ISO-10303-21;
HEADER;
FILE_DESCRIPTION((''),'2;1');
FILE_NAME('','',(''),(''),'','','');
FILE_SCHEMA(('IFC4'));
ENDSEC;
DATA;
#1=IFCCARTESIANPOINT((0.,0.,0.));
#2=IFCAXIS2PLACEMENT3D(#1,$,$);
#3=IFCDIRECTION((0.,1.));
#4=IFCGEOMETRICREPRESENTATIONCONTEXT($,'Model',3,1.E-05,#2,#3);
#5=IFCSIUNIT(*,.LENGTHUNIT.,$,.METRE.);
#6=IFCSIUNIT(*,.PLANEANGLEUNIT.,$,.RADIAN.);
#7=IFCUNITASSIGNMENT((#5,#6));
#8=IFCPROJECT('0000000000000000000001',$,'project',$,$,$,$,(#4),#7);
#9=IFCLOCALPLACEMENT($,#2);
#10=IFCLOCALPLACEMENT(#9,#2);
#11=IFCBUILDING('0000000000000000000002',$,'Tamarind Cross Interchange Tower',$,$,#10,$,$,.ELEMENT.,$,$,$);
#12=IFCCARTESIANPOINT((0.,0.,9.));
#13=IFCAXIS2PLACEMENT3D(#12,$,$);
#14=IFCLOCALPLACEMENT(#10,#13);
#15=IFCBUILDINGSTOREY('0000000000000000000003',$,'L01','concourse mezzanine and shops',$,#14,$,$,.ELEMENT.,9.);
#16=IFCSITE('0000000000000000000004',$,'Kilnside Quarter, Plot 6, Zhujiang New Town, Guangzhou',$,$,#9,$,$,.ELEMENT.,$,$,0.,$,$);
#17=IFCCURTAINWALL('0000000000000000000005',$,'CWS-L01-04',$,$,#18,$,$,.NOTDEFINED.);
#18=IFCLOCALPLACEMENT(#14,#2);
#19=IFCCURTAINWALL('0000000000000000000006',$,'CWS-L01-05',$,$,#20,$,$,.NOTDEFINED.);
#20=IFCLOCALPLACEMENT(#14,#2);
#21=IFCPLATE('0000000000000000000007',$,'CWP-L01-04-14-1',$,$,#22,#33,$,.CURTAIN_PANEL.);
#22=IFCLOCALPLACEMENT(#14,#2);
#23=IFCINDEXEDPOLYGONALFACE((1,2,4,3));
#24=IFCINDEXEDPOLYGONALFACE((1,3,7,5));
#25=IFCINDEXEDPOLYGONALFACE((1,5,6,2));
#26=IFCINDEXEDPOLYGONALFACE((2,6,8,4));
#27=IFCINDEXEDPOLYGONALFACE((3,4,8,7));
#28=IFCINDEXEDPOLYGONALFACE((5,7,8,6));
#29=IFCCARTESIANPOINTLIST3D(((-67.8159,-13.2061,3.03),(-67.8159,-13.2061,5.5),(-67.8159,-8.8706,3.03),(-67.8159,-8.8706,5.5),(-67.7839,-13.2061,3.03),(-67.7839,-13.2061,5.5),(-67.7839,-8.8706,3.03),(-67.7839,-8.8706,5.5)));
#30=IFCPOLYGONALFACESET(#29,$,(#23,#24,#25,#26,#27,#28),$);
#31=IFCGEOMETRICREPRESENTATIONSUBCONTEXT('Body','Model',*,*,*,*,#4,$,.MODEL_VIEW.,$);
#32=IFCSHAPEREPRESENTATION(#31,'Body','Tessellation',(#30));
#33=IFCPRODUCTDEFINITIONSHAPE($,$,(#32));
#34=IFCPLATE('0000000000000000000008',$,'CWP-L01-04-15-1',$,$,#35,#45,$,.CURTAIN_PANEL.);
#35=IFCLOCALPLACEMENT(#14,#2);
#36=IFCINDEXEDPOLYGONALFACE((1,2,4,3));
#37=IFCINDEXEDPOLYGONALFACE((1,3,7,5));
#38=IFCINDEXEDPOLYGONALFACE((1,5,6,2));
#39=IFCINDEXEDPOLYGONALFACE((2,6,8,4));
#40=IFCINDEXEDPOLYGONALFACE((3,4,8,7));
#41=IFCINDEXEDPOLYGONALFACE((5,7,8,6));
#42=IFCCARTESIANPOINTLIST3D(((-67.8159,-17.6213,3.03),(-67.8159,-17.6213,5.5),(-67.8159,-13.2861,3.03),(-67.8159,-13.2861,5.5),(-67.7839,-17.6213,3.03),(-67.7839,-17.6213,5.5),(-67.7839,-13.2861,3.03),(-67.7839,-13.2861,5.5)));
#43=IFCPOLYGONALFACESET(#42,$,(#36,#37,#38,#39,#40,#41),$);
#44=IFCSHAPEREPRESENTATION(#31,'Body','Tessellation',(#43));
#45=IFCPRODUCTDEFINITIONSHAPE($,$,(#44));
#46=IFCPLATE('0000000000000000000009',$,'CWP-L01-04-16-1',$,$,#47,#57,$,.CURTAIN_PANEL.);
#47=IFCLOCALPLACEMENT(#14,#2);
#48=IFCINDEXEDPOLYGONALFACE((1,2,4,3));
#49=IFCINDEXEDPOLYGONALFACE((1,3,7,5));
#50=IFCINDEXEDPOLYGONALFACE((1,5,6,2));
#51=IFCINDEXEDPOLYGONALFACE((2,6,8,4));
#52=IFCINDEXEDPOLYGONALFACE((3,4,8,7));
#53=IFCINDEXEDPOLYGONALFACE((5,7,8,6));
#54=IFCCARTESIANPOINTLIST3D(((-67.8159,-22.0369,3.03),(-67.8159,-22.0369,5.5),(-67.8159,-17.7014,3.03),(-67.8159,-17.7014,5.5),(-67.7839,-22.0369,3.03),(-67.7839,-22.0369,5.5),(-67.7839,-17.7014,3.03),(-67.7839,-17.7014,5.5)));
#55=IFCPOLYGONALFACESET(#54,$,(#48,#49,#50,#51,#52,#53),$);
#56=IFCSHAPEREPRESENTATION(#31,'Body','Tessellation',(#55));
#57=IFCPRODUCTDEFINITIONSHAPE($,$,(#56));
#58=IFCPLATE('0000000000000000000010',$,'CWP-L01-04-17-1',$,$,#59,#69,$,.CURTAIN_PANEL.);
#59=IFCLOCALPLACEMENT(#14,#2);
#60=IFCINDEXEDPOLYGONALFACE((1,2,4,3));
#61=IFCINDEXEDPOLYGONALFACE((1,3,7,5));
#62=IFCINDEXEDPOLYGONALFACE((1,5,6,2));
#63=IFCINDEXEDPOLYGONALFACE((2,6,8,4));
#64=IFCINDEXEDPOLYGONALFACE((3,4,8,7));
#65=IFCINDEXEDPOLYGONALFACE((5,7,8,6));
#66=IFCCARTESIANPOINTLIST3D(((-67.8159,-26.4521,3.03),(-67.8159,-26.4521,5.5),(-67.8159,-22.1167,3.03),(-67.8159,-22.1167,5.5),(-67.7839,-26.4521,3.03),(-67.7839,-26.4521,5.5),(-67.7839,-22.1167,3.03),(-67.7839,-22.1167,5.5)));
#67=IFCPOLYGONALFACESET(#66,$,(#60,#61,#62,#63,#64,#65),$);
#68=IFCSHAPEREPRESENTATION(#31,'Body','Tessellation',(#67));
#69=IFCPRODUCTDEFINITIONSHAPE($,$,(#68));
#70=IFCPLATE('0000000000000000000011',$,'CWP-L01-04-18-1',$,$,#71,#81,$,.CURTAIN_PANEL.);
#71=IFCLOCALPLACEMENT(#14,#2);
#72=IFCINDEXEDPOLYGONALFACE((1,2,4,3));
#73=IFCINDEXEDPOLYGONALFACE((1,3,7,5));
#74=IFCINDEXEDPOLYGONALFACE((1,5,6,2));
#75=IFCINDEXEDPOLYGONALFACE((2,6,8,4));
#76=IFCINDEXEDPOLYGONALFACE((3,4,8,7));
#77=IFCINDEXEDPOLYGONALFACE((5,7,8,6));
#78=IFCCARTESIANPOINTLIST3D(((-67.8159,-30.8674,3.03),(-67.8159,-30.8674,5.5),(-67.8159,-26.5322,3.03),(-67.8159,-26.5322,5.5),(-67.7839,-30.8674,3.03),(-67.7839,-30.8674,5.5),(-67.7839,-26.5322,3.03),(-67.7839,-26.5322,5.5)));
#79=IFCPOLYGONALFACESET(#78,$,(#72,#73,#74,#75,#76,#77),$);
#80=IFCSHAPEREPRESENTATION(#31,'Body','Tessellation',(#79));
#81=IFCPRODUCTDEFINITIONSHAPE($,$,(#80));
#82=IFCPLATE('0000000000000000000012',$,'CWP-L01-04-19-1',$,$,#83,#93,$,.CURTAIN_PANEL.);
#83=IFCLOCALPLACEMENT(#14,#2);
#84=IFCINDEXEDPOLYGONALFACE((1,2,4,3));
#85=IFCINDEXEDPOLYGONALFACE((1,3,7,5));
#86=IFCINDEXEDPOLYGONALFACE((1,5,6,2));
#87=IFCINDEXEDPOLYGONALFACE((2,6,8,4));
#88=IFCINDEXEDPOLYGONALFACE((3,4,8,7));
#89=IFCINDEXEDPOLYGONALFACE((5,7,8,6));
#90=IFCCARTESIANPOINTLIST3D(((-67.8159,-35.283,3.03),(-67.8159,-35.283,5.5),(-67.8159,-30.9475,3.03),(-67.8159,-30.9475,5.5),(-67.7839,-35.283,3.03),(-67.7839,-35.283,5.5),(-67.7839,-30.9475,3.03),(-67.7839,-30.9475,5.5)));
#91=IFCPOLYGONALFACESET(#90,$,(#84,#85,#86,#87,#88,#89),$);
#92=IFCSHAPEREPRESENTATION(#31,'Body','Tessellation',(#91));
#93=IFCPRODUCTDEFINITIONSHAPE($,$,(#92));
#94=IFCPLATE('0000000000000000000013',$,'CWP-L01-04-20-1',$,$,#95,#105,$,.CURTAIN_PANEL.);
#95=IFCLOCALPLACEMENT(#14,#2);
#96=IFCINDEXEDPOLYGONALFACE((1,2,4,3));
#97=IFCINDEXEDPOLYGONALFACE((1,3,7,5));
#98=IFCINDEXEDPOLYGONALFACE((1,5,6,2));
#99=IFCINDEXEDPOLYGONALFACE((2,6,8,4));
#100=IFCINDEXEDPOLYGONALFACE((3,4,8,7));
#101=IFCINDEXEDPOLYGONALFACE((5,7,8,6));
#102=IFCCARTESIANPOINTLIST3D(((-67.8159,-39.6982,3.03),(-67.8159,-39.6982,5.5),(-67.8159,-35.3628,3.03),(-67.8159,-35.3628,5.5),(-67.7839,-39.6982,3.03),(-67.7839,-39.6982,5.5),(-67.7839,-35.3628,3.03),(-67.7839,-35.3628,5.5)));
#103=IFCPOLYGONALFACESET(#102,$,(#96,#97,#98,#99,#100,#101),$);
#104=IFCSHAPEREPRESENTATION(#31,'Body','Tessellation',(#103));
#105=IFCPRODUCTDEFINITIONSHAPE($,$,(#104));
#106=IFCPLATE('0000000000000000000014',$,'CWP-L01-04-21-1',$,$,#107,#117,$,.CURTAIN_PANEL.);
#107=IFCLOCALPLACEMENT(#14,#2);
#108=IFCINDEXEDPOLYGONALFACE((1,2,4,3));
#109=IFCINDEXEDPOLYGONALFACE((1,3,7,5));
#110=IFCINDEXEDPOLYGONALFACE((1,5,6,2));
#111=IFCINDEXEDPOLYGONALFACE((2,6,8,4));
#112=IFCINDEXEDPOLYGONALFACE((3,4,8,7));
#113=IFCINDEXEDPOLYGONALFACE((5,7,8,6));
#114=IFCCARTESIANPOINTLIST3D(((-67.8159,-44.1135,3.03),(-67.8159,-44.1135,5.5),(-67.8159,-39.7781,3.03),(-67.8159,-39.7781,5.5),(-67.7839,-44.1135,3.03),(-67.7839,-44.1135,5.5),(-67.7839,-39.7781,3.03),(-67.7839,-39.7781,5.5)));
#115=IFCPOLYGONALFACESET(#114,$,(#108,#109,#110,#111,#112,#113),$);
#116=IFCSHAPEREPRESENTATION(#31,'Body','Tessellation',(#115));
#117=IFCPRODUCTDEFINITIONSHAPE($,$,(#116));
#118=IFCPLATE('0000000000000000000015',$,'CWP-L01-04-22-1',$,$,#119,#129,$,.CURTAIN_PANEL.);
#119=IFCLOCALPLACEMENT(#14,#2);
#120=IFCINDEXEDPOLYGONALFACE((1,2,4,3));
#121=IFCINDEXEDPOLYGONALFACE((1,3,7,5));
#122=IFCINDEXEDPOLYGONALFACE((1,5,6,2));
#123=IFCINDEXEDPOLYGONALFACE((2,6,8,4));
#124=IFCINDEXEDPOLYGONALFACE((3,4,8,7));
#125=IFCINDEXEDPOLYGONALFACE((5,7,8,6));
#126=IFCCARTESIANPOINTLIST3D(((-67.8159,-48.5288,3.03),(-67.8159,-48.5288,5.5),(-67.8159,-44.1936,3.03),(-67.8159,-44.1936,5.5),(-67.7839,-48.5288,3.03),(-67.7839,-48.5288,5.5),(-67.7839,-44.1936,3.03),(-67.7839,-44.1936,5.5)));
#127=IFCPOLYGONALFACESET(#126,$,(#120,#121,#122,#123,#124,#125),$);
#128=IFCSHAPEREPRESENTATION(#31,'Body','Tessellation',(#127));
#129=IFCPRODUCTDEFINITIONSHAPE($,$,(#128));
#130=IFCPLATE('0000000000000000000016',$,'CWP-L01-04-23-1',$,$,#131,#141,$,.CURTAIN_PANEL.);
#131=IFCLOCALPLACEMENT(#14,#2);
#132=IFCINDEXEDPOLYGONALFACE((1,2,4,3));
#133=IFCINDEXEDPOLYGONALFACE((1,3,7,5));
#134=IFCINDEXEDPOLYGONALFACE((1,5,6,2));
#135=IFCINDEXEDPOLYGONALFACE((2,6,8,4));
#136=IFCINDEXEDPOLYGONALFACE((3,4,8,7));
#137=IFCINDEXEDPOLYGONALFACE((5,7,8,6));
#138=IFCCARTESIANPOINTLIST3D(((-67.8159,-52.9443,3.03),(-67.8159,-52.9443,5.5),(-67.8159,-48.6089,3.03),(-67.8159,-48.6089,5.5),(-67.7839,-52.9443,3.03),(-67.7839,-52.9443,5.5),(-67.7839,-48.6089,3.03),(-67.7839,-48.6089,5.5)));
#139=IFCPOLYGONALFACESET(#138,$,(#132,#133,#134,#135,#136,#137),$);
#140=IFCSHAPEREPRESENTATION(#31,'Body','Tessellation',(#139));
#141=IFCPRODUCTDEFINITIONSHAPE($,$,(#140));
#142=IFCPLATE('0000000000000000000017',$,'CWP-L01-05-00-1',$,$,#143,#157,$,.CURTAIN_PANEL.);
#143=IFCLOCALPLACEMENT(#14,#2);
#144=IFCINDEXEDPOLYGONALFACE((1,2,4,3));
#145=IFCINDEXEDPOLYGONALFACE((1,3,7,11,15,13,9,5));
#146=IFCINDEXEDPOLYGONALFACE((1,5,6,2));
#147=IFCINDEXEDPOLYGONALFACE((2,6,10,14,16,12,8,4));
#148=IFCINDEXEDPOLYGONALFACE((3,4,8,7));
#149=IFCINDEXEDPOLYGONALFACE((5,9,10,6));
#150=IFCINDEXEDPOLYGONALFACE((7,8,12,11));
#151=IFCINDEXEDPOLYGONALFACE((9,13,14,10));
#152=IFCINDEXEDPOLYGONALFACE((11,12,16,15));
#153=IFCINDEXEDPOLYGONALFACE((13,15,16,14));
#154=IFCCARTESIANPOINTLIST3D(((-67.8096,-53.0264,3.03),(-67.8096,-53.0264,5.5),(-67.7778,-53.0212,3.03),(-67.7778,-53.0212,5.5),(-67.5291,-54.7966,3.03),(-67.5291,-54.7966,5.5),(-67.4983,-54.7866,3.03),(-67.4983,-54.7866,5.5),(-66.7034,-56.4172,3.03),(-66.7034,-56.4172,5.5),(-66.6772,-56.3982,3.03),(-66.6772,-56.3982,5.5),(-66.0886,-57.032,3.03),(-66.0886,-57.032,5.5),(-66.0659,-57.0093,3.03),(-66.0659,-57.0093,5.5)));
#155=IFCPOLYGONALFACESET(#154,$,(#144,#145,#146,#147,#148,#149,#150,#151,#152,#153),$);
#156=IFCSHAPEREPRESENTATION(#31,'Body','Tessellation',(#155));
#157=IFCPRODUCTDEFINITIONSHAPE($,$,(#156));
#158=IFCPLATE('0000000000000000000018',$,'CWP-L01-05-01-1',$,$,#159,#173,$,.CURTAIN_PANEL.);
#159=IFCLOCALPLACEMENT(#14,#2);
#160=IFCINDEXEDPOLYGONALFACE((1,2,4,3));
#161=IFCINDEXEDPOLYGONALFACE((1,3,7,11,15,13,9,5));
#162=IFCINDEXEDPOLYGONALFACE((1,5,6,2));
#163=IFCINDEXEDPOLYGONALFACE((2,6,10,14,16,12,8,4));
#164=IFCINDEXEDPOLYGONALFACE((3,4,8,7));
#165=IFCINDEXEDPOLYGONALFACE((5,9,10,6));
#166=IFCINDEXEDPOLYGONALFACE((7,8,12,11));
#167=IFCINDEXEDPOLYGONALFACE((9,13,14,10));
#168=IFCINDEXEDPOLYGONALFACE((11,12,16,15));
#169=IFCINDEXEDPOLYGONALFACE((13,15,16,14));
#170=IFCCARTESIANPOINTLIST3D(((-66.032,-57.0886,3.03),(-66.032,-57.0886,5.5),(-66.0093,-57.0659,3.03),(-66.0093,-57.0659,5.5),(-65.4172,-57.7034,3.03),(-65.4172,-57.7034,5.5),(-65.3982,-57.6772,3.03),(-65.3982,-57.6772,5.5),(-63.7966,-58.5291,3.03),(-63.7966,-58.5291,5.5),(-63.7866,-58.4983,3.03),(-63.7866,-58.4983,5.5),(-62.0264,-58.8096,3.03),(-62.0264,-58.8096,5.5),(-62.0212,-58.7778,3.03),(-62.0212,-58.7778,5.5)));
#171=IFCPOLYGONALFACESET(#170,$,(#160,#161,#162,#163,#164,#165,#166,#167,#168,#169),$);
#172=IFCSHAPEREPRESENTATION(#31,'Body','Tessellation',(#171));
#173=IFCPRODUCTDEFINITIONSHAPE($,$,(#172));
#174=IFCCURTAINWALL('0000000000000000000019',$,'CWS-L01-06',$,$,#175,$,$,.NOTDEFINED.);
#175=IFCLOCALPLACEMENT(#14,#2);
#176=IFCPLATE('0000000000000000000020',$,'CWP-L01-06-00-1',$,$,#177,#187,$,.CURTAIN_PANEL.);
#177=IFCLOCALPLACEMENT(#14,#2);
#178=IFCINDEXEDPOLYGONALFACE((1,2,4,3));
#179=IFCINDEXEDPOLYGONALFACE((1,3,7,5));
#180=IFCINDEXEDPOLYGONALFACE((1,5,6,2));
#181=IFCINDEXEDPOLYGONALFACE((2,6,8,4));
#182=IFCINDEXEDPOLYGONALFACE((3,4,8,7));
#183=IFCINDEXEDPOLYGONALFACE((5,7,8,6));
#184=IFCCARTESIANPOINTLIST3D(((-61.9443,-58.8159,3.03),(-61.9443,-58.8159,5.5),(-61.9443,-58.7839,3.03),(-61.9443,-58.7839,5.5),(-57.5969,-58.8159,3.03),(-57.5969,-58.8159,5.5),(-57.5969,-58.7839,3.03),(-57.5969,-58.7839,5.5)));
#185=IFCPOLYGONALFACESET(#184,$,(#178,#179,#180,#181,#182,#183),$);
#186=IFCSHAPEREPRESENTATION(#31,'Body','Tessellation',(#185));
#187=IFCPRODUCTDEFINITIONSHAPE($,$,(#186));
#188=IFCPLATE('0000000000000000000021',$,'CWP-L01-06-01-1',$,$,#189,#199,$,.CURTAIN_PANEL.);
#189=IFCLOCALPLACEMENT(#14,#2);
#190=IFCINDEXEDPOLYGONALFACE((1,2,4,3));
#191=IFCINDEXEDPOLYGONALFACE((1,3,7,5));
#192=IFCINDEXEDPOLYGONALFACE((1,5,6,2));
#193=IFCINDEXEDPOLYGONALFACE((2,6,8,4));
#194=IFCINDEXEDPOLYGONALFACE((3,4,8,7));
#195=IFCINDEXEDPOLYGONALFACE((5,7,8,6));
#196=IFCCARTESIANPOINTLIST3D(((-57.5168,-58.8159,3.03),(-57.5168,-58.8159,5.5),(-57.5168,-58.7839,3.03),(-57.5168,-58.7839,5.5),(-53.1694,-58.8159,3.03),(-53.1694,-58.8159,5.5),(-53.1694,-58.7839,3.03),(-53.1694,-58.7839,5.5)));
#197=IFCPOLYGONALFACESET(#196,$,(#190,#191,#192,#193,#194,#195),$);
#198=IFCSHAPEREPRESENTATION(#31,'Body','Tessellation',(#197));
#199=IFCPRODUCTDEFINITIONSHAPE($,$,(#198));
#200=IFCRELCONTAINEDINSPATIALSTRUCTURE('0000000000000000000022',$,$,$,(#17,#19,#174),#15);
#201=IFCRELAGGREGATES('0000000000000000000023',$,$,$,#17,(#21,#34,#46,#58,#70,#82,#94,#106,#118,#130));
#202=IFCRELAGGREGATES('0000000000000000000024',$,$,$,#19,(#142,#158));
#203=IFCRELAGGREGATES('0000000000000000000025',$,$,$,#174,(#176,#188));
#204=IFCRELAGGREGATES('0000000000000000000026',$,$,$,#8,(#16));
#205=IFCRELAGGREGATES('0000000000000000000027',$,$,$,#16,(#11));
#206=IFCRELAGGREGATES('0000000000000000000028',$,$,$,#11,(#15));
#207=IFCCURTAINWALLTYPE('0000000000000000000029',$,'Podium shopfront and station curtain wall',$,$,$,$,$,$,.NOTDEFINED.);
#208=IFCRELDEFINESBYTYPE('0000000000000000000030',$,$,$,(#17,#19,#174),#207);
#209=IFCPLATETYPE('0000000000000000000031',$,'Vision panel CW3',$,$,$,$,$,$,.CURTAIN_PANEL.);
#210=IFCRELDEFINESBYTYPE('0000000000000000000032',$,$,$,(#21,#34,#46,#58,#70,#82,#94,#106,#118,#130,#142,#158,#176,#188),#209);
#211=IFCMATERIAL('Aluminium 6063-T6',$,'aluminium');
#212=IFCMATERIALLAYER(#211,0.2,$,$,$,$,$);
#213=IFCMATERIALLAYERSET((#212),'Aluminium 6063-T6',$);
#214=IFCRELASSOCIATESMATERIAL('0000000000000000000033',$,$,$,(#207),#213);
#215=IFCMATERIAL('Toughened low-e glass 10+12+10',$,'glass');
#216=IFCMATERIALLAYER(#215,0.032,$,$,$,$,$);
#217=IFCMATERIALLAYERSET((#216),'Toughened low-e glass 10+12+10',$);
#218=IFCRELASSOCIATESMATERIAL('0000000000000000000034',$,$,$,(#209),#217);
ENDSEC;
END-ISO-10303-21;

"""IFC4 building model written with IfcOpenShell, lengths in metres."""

from ifc_helpers import new_model, si_unit, direction, frame, origin, place, context, subcontext, project, spatial, polyline, outline, extrude, material, layer, layer_set, type_object, element, aggregate, save


model = new_model("IFC4")

# Units and contexts
model_context = context("Model", 3, precision=1e-05, world=origin(), true_north=direction((0.0, 1.0)))
body_context = subcontext(model_context, "Body", "Model", "MODEL_VIEW")
ifc_project = project(units=[si_unit("LENGTHUNIT", "METRE"), si_unit("PLANEANGLEUNIT", "RADIAN")], contexts=[model_context])

# Site, building, storey
site_placement = place(None, origin())
site = spatial("IfcSite", under=ifc_project, at=site_placement, Name="Kilnside Quarter, Plot 6, Zhujiang New Town, Guangzhou", CompositionType="ELEMENT", RefElevation=0.0)
building_placement = place(site_placement, origin())
building = spatial("IfcBuilding", under=site, at=building_placement, Name="Tamarind Cross Interchange Tower", CompositionType="ELEMENT")
storey_placement = place(building_placement, frame((0.0, 0.0, 9.0)))
storey = spatial("IfcBuildingStorey", under=building, at=storey_placement, Name="L01", Description="concourse mezzanine and shops", CompositionType="ELEMENT", Elevation=9.0)

# Curtain walls
ifc_material_1 = material(Name="Aluminium 6063-T6", Category="aluminium")
ifc_layer_1 = layer(ifc_material_1, 0.2)
ifc_layer_set_1 = layer_set([ifc_layer_1], Name="Aluminium 6063-T6")
curtain_wall_type = type_object("IfcCurtainWallType", Name="Podium shopfront and station curtain wall", PredefinedType="NOTDEFINED", material=ifc_layer_set_1)
curtain_wall_1_placement = place(storey_placement, origin())
curtain_wall_1 = element("IfcCurtainWall", 1, at=curtain_wall_1_placement, inside=storey, type_object=curtain_wall_type, Name="CWS-L01-04", PredefinedType="NOTDEFINED")
curtain_wall_2_placement = place(storey_placement, origin())
curtain_wall_2 = element("IfcCurtainWall", 2, at=curtain_wall_2_placement, inside=storey, type_object=curtain_wall_type, Name="CWS-L01-05", PredefinedType="NOTDEFINED")

# Plates
ifc_material_2 = material(Name="Toughened low-e glass 10+12+10", Category="glass")
ifc_layer_2 = layer(ifc_material_2, 0.032)
ifc_layer_set_2 = layer_set([ifc_layer_2], Name="Toughened low-e glass 10+12+10")
plate_type = type_object("IfcPlateType", Name="Vision panel CW3", PredefinedType="CURTAIN_PANEL", material=ifc_layer_set_2)
plate_1_placement = place(storey_placement, frame((0.0, 0.0, 3.03)))
plate_1 = element("IfcPlate", 3, at=plate_1_placement, type_object=plate_type, Name="CWP-L01-04-14-1", PredefinedType="CURTAIN_PANEL", context=body_context, shape_type="SweptSolid", body=[
    extrude(outline(polyline([(-67.7839, -8.8706), (-67.7839, -13.2061), (-67.8159, -13.2061), (-67.8159, -8.8706), (-67.7839, -8.8706)])), origin(), (0.0, 0.0, 1.0), 2.47),
])
plate_2_placement = place(storey_placement, frame((0.0, 0.0, 3.03)))
plate_2 = element("IfcPlate", 4, at=plate_2_placement, type_object=plate_type, Name="CWP-L01-04-15-1", PredefinedType="CURTAIN_PANEL", context=body_context, shape_type="SweptSolid", body=[
    extrude(outline(polyline([(-67.7839, -13.2861), (-67.7839, -17.6213), (-67.8159, -17.6213), (-67.8159, -13.2861), (-67.7839, -13.2861)])), origin(), (0.0, 0.0, 1.0), 2.47),
])
plate_3_placement = place(storey_placement, frame((0.0, 0.0, 3.03)))
plate_3 = element("IfcPlate", 5, at=plate_3_placement, type_object=plate_type, Name="CWP-L01-04-16-1", PredefinedType="CURTAIN_PANEL", context=body_context, shape_type="SweptSolid", body=[
    extrude(outline(polyline([(-67.7839, -17.7014), (-67.7839, -22.0369), (-67.8159, -22.0369), (-67.8159, -17.7014), (-67.7839, -17.7014)])), origin(), (0.0, 0.0, 1.0), 2.47),
])
plate_4_placement = place(storey_placement, frame((0.0, 0.0, 3.03)))
plate_4 = element("IfcPlate", 6, at=plate_4_placement, type_object=plate_type, Name="CWP-L01-04-17-1", PredefinedType="CURTAIN_PANEL", context=body_context, shape_type="SweptSolid", body=[
    extrude(outline(polyline([(-67.7839, -22.1167), (-67.7839, -26.4521), (-67.8159, -26.4521), (-67.8159, -22.1167), (-67.7839, -22.1167)])), origin(), (0.0, 0.0, 1.0), 2.47),
])
plate_5_placement = place(storey_placement, frame((0.0, 0.0, 3.03)))
plate_5 = element("IfcPlate", 7, at=plate_5_placement, type_object=plate_type, Name="CWP-L01-04-18-1", PredefinedType="CURTAIN_PANEL", context=body_context, shape_type="SweptSolid", body=[
    extrude(outline(polyline([(-67.7839, -26.5322), (-67.7839, -30.8674), (-67.8159, -30.8674), (-67.8159, -26.5322), (-67.7839, -26.5322)])), origin(), (0.0, 0.0, 1.0), 2.47),
])
plate_6_placement = place(storey_placement, frame((0.0, 0.0, 3.03)))
plate_6 = element("IfcPlate", 8, at=plate_6_placement, type_object=plate_type, Name="CWP-L01-04-19-1", PredefinedType="CURTAIN_PANEL", context=body_context, shape_type="SweptSolid", body=[
    extrude(outline(polyline([(-67.7839, -30.9475), (-67.7839, -35.283), (-67.8159, -35.283), (-67.8159, -30.9475), (-67.7839, -30.9475)])), origin(), (0.0, 0.0, 1.0), 2.47),
])
plate_7_placement = place(storey_placement, frame((0.0, 0.0, 3.03)))
plate_7 = element("IfcPlate", 9, at=plate_7_placement, type_object=plate_type, Name="CWP-L01-04-20-1", PredefinedType="CURTAIN_PANEL", context=body_context, shape_type="SweptSolid", body=[
    extrude(outline(polyline([(-67.7839, -35.3628), (-67.7839, -39.6982), (-67.8159, -39.6982), (-67.8159, -35.3628), (-67.7839, -35.3628)])), origin(), (0.0, 0.0, 1.0), 2.47),
])
plate_8_placement = place(storey_placement, frame((0.0, 0.0, 3.03)))
plate_8 = element("IfcPlate", 10, at=plate_8_placement, type_object=plate_type, Name="CWP-L01-04-21-1", PredefinedType="CURTAIN_PANEL", context=body_context, shape_type="SweptSolid", body=[
    extrude(outline(polyline([(-67.7839, -39.7781), (-67.7839, -44.1135), (-67.8159, -44.1135), (-67.8159, -39.7781), (-67.7839, -39.7781)])), origin(), (0.0, 0.0, 1.0), 2.47),
])
plate_9_placement = place(storey_placement, frame((0.0, 0.0, 3.03)))
plate_9 = element("IfcPlate", 11, at=plate_9_placement, type_object=plate_type, Name="CWP-L01-04-22-1", PredefinedType="CURTAIN_PANEL", context=body_context, shape_type="SweptSolid", body=[
    extrude(outline(polyline([(-67.7839, -44.1936), (-67.7839, -48.5288), (-67.8159, -48.5288), (-67.8159, -44.1936), (-67.7839, -44.1936)])), origin(), (0.0, 0.0, 1.0), 2.47),
])
plate_10_placement = place(storey_placement, frame((0.0, 0.0, 3.03)))
plate_10 = element("IfcPlate", 12, at=plate_10_placement, type_object=plate_type, Name="CWP-L01-04-23-1", PredefinedType="CURTAIN_PANEL", context=body_context, shape_type="SweptSolid", body=[
    extrude(outline(polyline([(-67.7839, -48.6089), (-67.7839, -52.9443), (-67.8159, -52.9443), (-67.8159, -48.6089), (-67.7839, -48.6089)])), origin(), (0.0, 0.0, 1.0), 2.47),
])
aggregate(curtain_wall_1, [plate_1, plate_2, plate_3, plate_4, plate_5, plate_6, plate_7, plate_8, plate_9, plate_10])
plate_11_placement = place(storey_placement, frame((0.0, 0.0, 3.03)))
plate_11 = element("IfcPlate", 13, at=plate_11_placement, type_object=plate_type, Name="CWP-L01-05-00-1", PredefinedType="CURTAIN_PANEL", context=body_context, shape_type="SweptSolid", body=[
    extrude(outline(polyline([(-67.7778, -53.0212), (-67.4983, -54.7866), (-66.6772, -56.3982), (-66.0659, -57.0093), (-66.0886, -57.032), (-66.7034, -56.4172), (-67.5291, -54.7966), (-67.8096, -53.0264), (-67.7778, -53.0212)])), origin(), (0.0, 0.0, 1.0), 2.47),
])
plate_12_placement = place(storey_placement, frame((0.0, 0.0, 3.03)))
plate_12 = element("IfcPlate", 14, at=plate_12_placement, type_object=plate_type, Name="CWP-L01-05-01-1", PredefinedType="CURTAIN_PANEL", context=body_context, shape_type="SweptSolid", body=[
    extrude(outline(polyline([(-66.0093, -57.0659), (-65.3982, -57.6772), (-63.7866, -58.4983), (-62.0212, -58.7778), (-62.0264, -58.8096), (-63.7966, -58.5291), (-65.4172, -57.7034), (-66.032, -57.0886), (-66.0093, -57.0659)])), origin(), (0.0, 0.0, 1.0), 2.47),
])
aggregate(curtain_wall_2, [plate_11, plate_12])

# Curtain wall, plates
curtain_wall_3_placement = place(storey_placement, origin())
curtain_wall_3 = element("IfcCurtainWall", 15, at=curtain_wall_3_placement, inside=storey, type_object=curtain_wall_type, Name="CWS-L01-06", PredefinedType="NOTDEFINED")
plate_13_placement = place(storey_placement, frame((0.0, 0.0, 3.03)))
plate_13 = element("IfcPlate", 16, at=plate_13_placement, type_object=plate_type, Name="CWP-L01-06-00-1", PredefinedType="CURTAIN_PANEL", context=body_context, shape_type="SweptSolid", body=[
    extrude(outline(polyline([(-61.9443, -58.7839), (-57.5969, -58.7839), (-57.5969, -58.8159), (-61.9443, -58.8159), (-61.9443, -58.7839)])), origin(), (0.0, 0.0, 1.0), 2.47),
])
plate_14_placement = place(storey_placement, frame((0.0, 0.0, 3.03)))
plate_14 = element("IfcPlate", 17, at=plate_14_placement, type_object=plate_type, Name="CWP-L01-06-01-1", PredefinedType="CURTAIN_PANEL", context=body_context, shape_type="SweptSolid", body=[
    extrude(outline(polyline([(-57.5168, -58.7839), (-53.1694, -58.7839), (-53.1694, -58.8159), (-57.5168, -58.8159), (-57.5168, -58.7839)])), origin(), (0.0, 0.0, 1.0), 2.47),
])
aggregate(curtain_wall_3, [plate_13, plate_14])

save(model, "model.ifc")
